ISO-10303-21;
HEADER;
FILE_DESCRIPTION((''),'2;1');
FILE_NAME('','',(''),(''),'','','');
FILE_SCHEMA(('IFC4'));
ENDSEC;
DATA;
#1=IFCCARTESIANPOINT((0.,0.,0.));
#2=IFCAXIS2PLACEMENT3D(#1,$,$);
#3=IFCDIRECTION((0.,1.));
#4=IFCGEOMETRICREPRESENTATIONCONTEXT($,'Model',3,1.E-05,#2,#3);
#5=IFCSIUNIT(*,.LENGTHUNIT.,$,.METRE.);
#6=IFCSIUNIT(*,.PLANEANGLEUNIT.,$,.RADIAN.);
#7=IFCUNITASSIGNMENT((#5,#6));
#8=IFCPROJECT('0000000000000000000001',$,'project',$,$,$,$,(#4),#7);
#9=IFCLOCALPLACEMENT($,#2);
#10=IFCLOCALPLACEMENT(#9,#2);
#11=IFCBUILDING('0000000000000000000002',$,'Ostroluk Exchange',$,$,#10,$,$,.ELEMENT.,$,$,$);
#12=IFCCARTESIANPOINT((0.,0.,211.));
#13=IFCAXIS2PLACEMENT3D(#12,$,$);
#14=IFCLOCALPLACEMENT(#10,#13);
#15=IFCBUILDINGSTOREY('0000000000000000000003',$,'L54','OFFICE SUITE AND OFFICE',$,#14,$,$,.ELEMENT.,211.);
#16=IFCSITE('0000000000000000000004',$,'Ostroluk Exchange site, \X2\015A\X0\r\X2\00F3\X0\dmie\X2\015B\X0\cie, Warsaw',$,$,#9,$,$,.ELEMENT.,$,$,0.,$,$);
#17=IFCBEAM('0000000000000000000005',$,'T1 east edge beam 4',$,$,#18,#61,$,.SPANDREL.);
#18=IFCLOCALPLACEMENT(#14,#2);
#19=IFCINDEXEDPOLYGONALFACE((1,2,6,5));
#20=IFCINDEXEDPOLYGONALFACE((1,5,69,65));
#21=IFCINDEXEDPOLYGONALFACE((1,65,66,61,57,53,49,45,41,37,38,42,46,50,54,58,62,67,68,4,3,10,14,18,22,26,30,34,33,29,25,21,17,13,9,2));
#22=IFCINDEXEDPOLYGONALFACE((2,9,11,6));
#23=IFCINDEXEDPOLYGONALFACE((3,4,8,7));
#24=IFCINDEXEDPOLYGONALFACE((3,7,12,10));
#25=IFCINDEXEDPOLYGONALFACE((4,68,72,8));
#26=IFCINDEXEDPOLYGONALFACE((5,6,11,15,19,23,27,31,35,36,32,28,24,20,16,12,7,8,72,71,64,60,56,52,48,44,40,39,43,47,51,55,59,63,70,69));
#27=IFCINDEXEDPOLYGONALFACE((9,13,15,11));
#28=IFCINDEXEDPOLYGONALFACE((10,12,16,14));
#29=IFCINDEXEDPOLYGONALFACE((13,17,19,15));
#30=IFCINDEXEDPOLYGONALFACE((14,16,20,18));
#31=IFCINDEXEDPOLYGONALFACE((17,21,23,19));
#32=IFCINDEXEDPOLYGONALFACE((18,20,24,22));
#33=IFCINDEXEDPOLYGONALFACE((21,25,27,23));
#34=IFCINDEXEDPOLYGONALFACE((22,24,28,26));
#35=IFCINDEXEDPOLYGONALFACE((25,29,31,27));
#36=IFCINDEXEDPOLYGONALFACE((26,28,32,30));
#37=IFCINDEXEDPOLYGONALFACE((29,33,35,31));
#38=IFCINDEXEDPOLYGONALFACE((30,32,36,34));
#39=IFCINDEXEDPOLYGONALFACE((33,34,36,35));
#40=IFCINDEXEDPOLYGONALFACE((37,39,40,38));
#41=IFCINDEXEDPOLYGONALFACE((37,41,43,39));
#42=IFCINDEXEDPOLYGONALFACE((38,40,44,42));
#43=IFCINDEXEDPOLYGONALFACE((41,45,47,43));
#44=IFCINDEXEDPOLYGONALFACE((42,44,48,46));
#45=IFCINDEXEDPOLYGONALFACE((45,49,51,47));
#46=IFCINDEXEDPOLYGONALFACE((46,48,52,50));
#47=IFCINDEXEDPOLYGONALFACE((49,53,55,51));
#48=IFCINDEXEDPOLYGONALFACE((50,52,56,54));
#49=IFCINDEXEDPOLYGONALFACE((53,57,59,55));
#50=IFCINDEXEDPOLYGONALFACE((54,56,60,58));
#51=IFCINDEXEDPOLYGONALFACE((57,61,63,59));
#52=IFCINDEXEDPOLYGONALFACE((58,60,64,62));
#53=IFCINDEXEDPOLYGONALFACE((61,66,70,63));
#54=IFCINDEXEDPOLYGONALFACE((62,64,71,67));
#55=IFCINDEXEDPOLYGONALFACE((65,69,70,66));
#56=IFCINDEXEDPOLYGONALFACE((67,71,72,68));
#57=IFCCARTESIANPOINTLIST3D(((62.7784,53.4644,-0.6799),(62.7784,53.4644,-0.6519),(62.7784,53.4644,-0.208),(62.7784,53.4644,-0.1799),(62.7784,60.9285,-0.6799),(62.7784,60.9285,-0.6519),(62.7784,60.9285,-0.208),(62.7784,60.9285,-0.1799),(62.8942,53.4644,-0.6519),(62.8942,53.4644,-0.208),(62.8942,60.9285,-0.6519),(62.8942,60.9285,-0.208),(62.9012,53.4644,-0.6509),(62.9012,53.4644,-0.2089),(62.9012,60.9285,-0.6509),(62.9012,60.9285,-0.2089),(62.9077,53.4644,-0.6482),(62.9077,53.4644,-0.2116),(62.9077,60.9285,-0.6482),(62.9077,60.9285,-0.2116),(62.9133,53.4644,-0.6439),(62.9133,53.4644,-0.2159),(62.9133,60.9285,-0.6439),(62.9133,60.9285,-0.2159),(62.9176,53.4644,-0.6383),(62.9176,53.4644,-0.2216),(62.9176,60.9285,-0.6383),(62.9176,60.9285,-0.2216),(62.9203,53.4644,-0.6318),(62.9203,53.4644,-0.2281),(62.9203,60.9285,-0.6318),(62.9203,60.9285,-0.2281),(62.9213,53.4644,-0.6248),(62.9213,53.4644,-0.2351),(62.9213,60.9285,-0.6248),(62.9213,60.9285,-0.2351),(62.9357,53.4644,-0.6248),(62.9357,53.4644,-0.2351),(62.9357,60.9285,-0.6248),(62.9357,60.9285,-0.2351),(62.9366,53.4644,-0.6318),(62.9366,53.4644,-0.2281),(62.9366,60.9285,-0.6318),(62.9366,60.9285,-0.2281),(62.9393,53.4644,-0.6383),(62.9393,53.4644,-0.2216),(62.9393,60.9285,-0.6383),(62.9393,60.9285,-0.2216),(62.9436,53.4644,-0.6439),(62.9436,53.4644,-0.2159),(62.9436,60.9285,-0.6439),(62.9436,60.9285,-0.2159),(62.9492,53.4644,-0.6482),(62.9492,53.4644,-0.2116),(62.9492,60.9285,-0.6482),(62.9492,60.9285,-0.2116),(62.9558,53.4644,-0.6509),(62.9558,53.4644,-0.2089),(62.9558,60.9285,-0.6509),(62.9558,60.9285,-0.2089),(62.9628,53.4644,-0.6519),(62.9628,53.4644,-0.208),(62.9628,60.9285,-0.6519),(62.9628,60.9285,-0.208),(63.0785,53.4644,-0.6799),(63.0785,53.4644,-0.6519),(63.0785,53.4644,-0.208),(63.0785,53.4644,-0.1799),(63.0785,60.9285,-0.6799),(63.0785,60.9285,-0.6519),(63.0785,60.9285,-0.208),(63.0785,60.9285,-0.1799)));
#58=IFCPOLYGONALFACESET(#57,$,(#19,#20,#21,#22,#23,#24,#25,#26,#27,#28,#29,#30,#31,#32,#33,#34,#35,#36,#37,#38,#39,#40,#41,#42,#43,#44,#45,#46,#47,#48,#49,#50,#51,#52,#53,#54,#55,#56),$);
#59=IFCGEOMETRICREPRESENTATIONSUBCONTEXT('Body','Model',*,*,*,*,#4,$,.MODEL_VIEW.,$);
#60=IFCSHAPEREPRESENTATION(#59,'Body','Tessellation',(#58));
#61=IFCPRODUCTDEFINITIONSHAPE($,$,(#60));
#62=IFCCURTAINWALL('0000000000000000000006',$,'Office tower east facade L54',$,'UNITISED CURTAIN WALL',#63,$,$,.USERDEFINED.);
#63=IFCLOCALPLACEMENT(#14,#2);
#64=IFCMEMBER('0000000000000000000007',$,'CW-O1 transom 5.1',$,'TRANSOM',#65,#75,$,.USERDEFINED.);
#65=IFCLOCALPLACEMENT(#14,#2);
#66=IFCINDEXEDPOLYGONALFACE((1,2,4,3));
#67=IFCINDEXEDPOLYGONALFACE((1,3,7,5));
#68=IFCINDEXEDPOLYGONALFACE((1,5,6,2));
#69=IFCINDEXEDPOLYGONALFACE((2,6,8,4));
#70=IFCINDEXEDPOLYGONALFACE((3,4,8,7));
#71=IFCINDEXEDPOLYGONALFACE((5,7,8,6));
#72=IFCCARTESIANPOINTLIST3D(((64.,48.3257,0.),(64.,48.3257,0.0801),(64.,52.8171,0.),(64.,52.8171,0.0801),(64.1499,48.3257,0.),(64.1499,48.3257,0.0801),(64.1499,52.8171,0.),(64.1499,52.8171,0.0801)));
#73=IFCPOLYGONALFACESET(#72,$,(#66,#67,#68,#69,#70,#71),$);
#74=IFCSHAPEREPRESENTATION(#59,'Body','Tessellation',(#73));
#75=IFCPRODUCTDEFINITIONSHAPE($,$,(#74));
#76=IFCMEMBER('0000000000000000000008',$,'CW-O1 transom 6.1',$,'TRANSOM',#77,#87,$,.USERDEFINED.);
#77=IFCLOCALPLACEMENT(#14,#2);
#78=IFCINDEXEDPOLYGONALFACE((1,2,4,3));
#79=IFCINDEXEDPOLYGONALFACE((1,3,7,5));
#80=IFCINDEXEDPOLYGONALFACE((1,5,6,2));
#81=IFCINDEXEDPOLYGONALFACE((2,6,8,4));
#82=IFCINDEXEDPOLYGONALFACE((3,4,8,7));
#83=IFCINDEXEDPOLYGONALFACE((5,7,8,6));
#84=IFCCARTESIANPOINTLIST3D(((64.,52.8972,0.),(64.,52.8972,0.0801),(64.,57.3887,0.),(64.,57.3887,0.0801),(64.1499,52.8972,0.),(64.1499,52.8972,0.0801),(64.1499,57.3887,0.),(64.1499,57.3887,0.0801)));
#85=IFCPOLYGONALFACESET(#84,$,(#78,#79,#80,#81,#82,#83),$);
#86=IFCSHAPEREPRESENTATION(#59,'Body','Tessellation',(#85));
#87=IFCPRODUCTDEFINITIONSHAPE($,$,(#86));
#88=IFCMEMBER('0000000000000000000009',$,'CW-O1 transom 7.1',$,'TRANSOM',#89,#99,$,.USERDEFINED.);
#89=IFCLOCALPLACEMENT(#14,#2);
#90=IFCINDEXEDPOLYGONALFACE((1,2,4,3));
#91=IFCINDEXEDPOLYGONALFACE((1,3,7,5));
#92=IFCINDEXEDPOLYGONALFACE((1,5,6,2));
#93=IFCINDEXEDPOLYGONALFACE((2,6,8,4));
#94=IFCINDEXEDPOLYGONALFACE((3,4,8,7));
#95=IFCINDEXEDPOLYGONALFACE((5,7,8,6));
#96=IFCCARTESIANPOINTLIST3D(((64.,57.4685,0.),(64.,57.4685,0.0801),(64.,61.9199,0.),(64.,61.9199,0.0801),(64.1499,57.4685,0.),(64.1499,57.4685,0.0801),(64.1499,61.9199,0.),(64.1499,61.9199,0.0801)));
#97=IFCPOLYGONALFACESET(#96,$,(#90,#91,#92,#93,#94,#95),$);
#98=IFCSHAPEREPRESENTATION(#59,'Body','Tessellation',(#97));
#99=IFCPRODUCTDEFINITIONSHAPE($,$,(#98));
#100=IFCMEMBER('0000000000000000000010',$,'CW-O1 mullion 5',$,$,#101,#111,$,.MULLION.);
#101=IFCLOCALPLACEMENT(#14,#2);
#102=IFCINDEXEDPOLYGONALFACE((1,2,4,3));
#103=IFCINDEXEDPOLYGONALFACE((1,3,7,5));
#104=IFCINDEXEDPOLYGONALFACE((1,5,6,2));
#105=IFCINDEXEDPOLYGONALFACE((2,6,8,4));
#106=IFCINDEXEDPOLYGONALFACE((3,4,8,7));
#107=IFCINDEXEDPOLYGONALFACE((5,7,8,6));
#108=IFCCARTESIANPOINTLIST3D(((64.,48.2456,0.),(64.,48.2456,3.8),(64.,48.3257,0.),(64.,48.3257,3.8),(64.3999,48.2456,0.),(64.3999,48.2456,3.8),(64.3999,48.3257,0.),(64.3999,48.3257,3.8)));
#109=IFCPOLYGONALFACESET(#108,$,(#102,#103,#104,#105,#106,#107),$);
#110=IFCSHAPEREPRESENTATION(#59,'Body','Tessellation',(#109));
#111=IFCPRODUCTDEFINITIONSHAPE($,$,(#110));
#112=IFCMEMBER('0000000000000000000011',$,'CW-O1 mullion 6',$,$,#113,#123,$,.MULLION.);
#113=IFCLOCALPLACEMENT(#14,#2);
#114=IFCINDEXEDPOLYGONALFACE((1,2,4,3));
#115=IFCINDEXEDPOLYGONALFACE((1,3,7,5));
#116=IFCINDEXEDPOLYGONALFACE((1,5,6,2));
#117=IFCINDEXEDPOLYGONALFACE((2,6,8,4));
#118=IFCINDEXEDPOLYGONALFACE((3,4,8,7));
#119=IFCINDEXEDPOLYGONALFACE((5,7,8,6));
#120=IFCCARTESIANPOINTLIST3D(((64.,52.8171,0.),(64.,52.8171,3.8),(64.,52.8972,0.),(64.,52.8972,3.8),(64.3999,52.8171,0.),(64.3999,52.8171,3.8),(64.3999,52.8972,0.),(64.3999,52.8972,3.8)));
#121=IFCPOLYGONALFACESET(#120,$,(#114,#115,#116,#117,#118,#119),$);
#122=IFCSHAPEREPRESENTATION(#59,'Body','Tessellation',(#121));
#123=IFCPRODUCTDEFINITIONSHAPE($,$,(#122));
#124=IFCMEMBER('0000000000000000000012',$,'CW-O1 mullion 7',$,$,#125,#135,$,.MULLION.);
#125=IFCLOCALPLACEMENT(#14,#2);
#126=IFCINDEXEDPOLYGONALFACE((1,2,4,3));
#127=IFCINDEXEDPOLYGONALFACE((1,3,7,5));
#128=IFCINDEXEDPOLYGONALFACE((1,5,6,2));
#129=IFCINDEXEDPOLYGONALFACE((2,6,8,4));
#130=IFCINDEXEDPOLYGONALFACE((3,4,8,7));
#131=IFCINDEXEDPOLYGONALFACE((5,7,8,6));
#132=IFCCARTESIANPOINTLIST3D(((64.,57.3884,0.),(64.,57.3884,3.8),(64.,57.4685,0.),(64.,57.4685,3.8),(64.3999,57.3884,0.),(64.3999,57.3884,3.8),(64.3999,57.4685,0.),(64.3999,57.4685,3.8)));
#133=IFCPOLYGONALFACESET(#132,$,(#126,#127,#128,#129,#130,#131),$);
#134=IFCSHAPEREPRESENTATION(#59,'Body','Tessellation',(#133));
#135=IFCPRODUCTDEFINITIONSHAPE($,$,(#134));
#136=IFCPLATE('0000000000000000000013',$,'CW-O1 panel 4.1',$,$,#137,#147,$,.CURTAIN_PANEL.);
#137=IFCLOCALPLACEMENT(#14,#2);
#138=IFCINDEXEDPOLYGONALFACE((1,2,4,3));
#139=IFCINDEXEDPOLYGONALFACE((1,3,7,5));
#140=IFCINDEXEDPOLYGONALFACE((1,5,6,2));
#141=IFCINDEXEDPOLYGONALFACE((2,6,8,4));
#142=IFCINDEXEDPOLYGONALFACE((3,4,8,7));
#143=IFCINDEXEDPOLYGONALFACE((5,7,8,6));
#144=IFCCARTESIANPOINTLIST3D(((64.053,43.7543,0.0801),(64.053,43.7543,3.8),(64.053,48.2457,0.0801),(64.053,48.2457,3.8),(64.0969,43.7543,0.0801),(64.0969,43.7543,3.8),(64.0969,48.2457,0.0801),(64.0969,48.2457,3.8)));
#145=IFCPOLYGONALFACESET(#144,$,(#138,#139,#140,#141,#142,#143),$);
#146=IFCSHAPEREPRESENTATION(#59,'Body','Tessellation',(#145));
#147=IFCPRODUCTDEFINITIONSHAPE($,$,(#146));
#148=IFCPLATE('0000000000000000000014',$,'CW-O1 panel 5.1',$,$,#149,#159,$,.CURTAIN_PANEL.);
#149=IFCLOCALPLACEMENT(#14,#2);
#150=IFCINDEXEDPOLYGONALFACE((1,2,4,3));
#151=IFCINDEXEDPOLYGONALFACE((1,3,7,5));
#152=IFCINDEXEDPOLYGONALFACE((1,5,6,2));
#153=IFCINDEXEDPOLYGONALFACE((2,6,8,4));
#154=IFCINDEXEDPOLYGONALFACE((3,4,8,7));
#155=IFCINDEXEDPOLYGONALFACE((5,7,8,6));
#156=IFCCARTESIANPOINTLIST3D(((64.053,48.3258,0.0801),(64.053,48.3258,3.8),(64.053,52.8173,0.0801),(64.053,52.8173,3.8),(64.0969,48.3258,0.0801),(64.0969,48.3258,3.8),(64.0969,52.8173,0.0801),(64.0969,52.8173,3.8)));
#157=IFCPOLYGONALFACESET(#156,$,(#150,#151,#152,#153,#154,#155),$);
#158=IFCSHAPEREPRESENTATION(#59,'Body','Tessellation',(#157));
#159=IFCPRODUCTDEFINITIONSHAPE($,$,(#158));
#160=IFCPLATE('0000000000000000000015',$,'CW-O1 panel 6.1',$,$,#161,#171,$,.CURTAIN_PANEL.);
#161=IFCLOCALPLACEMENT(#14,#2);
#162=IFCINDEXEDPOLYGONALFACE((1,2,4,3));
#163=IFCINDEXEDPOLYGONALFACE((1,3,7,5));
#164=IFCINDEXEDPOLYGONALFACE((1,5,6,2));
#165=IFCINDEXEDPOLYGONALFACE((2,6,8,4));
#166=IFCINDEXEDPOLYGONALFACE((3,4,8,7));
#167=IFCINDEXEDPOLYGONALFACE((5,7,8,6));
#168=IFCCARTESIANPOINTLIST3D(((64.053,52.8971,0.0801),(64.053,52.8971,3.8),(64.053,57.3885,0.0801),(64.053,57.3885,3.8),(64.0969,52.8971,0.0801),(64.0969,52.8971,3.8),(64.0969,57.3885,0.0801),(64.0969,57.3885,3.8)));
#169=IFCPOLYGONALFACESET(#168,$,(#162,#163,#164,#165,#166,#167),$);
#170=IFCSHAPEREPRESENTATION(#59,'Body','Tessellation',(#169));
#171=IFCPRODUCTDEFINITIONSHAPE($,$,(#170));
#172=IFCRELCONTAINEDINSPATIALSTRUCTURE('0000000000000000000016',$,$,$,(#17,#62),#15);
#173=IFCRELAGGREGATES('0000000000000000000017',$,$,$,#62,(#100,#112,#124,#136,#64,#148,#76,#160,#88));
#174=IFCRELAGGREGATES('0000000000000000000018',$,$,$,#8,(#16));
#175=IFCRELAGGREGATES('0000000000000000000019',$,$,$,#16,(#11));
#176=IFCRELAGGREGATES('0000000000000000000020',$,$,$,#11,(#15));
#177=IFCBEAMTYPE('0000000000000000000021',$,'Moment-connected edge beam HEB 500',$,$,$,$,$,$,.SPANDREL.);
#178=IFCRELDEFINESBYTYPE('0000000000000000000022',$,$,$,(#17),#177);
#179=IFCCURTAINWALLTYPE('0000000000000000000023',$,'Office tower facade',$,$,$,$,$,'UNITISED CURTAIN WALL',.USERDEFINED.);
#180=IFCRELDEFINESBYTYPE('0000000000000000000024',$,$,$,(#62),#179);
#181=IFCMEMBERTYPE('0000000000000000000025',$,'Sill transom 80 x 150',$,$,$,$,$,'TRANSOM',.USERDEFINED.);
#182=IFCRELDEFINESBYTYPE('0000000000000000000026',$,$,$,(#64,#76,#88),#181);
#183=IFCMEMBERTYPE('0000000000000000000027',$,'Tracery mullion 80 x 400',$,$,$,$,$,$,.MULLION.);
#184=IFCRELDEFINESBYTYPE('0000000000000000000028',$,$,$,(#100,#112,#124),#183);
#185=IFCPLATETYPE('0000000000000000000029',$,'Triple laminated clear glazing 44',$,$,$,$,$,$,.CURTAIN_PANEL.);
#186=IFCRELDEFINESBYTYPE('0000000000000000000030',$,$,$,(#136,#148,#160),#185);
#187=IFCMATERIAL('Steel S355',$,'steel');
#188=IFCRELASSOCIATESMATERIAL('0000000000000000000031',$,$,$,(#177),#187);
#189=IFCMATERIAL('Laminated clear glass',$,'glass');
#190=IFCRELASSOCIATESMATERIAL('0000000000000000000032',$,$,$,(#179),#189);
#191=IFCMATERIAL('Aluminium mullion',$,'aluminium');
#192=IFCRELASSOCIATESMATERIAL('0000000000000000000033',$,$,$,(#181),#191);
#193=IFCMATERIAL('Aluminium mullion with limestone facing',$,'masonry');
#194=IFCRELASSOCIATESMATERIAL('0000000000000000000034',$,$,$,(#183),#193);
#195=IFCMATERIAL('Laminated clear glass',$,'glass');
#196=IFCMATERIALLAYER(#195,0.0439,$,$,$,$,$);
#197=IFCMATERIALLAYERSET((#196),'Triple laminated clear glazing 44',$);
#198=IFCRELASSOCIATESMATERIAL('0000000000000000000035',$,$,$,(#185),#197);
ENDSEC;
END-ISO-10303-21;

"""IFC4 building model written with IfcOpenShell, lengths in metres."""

from ifc_helpers import new_model, si_unit, direction, frame, origin, origin_2d, place, context, subcontext, project, spatial, rectangle, i_section, extrude, material, layer, layer_set, material_profile, profile_set, type_object, element, aggregate, save


model = new_model("IFC4")

# Units and contexts
model_context = context("Model", 3, precision=1e-05, world=origin(), true_north=direction((0.0, 1.0)))
body_context = subcontext(model_context, "Body", "Model", "MODEL_VIEW")
ifc_project = project(units=[si_unit("LENGTHUNIT", "METRE"), si_unit("PLANEANGLEUNIT", "RADIAN")], contexts=[model_context])

# Site, building, storey
site_placement = place(None, origin())
site = spatial("IfcSite", under=ifc_project, at=site_placement, Name="Ostroluk Exchange site, Śródmieście, Warsaw", CompositionType="ELEMENT", RefElevation=0.0)
building_placement = place(site_placement, origin())
building = spatial("IfcBuilding", under=site, at=building_placement, Name="Ostroluk Exchange", CompositionType="ELEMENT")
storey_placement = place(building_placement, frame((0.0, 0.0, 211.0)))
storey = spatial("IfcBuildingStorey", under=building, at=storey_placement, Name="L54", Description="OFFICE SUITE AND OFFICE", CompositionType="ELEMENT", Elevation=211.0)

# Beam
ifc_material_1 = material(Name="Steel S355", Category="steel")
ifc_material_profile_1 = material_profile(ifc_material_1, i_section(OverallWidth=0.3, OverallDepth=0.5, WebThickness=0.0144, FlangeThickness=0.0281, FilletRadius=0.0271, at=origin_2d()), Name="HEB 500")
ifc_profile_set_1 = profile_set([ifc_material_profile_1], Name="Steel S355")
beam_type = type_object("IfcBeamType", Name="Moment-connected edge beam HEB 500", PredefinedType="SPANDREL", material=ifc_profile_set_1)
beam_1_placement = place(storey_placement, frame((62.9285, 53.4644, -0.4299), z_axis=(0.0, 1.0, 0.0), x_axis=(-1.0, 0.0, 0.0)))
element("IfcBeam", 1, at=beam_1_placement, inside=storey, type_object=beam_type, Name="T1 east edge beam 4", PredefinedType="SPANDREL", context=body_context, shape_type="SweptSolid", body=[
    extrude(i_section(OverallWidth=0.3, OverallDepth=0.5, WebThickness=0.0144, FlangeThickness=0.0281, FilletRadius=0.0271, at=origin_2d()), origin(), (0.0, 0.0, 1.0), 7.4641),
])

# Curtain wall, members, plates
ifc_material_2 = material(Name="Laminated clear glass", Category="glass")
curtain_wall_type = type_object("IfcCurtainWallType", Name="Office tower facade", ElementType="UNITISED CURTAIN WALL", PredefinedType="USERDEFINED", material=ifc_material_2)
curtain_wall_placement = place(storey_placement, origin())
curtain_wall = element("IfcCurtainWall", 2, at=curtain_wall_placement, inside=storey, type_object=curtain_wall_type, Name="Office tower east facade L54", ObjectType="UNITISED CURTAIN WALL", PredefinedType="USERDEFINED")
ifc_material_3 = material(Name="Aluminium mullion", Category="aluminium")
ifc_material_profile_2 = material_profile(ifc_material_3, rectangle(XDim=0.1499, YDim=0.0801, at=origin_2d()), Name="Sill transom 80 x 150")
ifc_profile_set_2 = profile_set([ifc_material_profile_2], Name="Aluminium mullion")
member_type_1 = type_object("IfcMemberType", Name="Sill transom 80 x 150", ElementType="TRANSOM", PredefinedType="USERDEFINED", material=ifc_profile_set_2)
member_1_placement = place(storey_placement, frame((64.075, 48.3257, 0.04), z_axis=(0.0, 1.0, 0.0), x_axis=(-1.0, 0.0, 0.0)))
member_1 = element("IfcMember", 3, at=member_1_placement, type_object=member_type_1, Name="CW-O1 transom 5.1", ObjectType="TRANSOM", PredefinedType="USERDEFINED", context=body_context, shape_type="SweptSolid", body=[
    extrude(rectangle(XDim=0.1499, YDim=0.0801, at=origin_2d()), origin(), (0.0, 0.0, 1.0), 4.4915),
])
member_2_placement = place(storey_placement, frame((64.075, 52.8972, 0.04), z_axis=(0.0, 1.0, 0.0), x_axis=(-1.0, 0.0, 0.0)))
member_2 = element("IfcMember", 4, at=member_2_placement, type_object=member_type_1, Name="CW-O1 transom 6.1", ObjectType="TRANSOM", PredefinedType="USERDEFINED", context=body_context, shape_type="SweptSolid", body=[
    extrude(rectangle(XDim=0.1499, YDim=0.0801, at=origin_2d()), origin(), (0.0, 0.0, 1.0), 4.4915),
])
member_3_placement = place(storey_placement, frame((64.075, 57.4685, 0.04), z_axis=(0.0, 1.0, 0.0), x_axis=(-1.0, 0.0, 0.0)))
member_3 = element("IfcMember", 5, at=member_3_placement, type_object=member_type_1, Name="CW-O1 transom 7.1", ObjectType="TRANSOM", PredefinedType="USERDEFINED", context=body_context, shape_type="SweptSolid", body=[
    extrude(rectangle(XDim=0.1499, YDim=0.0801, at=origin_2d()), origin(), (0.0, 0.0, 1.0), 4.4514),
])
ifc_material_4 = material(Name="Aluminium mullion with limestone facing", Category="masonry")
ifc_material_profile_3 = material_profile(ifc_material_4, rectangle(XDim=0.3999, YDim=0.0801, at=origin_2d()), Name="Tracery mullion 80 x 400")
ifc_profile_set_3 = profile_set([ifc_material_profile_3], Name="Aluminium mullion with limestone facing")
member_type_2 = type_object("IfcMemberType", Name="Tracery mullion 80 x 400", PredefinedType="MULLION", material=ifc_profile_set_3)
member_4_placement = place(storey_placement, frame((64.2, 48.2856, 0.0), z_axis=(0.0, 0.0, 1.0), x_axis=(-1.0, 0.0, 0.0)))
member_4 = element("IfcMember", 6, at=member_4_placement, type_object=member_type_2, Name="CW-O1 mullion 5", PredefinedType="MULLION", context=body_context, shape_type="SweptSolid", body=[
    extrude(rectangle(XDim=0.3999, YDim=0.0801, at=origin_2d()), origin(), (0.0, 0.0, 1.0), 3.8),
])
member_5_placement = place(storey_placement, frame((64.2, 52.8572, 0.0), z_axis=(0.0, 0.0, 1.0), x_axis=(-1.0, 0.0, 0.0)))
member_5 = element("IfcMember", 7, at=member_5_placement, type_object=member_type_2, Name="CW-O1 mullion 6", PredefinedType="MULLION", context=body_context, shape_type="SweptSolid", body=[
    extrude(rectangle(XDim=0.3999, YDim=0.0801, at=origin_2d()), origin(), (0.0, 0.0, 1.0), 3.8),
])
member_6_placement = place(storey_placement, frame((64.2, 57.4285, 0.0), z_axis=(0.0, 0.0, 1.0), x_axis=(-1.0, 0.0, 0.0)))
member_6 = element("IfcMember", 8, at=member_6_placement, type_object=member_type_2, Name="CW-O1 mullion 7", PredefinedType="MULLION", context=body_context, shape_type="SweptSolid", body=[
    extrude(rectangle(XDim=0.3999, YDim=0.0801, at=origin_2d()), origin(), (0.0, 0.0, 1.0), 3.8),
])
ifc_material_5 = material(Name="Laminated clear glass", Category="glass")
ifc_layer_1 = layer(ifc_material_5, 0.0439)
ifc_layer_set_1 = layer_set([ifc_layer_1], Name="Triple laminated clear glazing 44")
plate_type = type_object("IfcPlateType", Name="Triple laminated clear glazing 44", PredefinedType="CURTAIN_PANEL", material=ifc_layer_set_1)
plate_1_placement = place(storey_placement, frame((64.075, 46.0, 0.0801), z_axis=(0.0, 0.0, 1.0), x_axis=(0.0, 1.0, 0.0)))
plate_1 = element("IfcPlate", 9, at=plate_1_placement, type_object=plate_type, Name="CW-O1 panel 4.1", PredefinedType="CURTAIN_PANEL", context=body_context, shape_type="SweptSolid", body=[
    extrude(rectangle(XDim=4.4915, YDim=0.0439, at=origin_2d()), origin(), (0.0, 0.0, 1.0), 3.72),
])
plate_2_placement = place(storey_placement, frame((64.075, 50.5715, 0.0801), z_axis=(0.0, 0.0, 1.0), x_axis=(0.0, 1.0, 0.0)))
plate_2 = element("IfcPlate", 10, at=plate_2_placement, type_object=plate_type, Name="CW-O1 panel 5.1", PredefinedType="CURTAIN_PANEL", context=body_context, shape_type="SweptSolid", body=[
    extrude(rectangle(XDim=4.4915, YDim=0.0439, at=origin_2d()), origin(), (0.0, 0.0, 1.0), 3.72),
])
plate_3_placement = place(storey_placement, frame((64.075, 55.1428, 0.0801), z_axis=(0.0, 0.0, 1.0), x_axis=(0.0, 1.0, 0.0)))
plate_3 = element("IfcPlate", 11, at=plate_3_placement, type_object=plate_type, Name="CW-O1 panel 6.1", PredefinedType="CURTAIN_PANEL", context=body_context, shape_type="SweptSolid", body=[
    extrude(rectangle(XDim=4.4915, YDim=0.0439, at=origin_2d()), origin(), (0.0, 0.0, 1.0), 3.72),
])
aggregate(curtain_wall, [member_4, member_5, member_6, plate_1, member_1, plate_2, member_2, plate_3, member_3])

save(model, "model.ifc")
